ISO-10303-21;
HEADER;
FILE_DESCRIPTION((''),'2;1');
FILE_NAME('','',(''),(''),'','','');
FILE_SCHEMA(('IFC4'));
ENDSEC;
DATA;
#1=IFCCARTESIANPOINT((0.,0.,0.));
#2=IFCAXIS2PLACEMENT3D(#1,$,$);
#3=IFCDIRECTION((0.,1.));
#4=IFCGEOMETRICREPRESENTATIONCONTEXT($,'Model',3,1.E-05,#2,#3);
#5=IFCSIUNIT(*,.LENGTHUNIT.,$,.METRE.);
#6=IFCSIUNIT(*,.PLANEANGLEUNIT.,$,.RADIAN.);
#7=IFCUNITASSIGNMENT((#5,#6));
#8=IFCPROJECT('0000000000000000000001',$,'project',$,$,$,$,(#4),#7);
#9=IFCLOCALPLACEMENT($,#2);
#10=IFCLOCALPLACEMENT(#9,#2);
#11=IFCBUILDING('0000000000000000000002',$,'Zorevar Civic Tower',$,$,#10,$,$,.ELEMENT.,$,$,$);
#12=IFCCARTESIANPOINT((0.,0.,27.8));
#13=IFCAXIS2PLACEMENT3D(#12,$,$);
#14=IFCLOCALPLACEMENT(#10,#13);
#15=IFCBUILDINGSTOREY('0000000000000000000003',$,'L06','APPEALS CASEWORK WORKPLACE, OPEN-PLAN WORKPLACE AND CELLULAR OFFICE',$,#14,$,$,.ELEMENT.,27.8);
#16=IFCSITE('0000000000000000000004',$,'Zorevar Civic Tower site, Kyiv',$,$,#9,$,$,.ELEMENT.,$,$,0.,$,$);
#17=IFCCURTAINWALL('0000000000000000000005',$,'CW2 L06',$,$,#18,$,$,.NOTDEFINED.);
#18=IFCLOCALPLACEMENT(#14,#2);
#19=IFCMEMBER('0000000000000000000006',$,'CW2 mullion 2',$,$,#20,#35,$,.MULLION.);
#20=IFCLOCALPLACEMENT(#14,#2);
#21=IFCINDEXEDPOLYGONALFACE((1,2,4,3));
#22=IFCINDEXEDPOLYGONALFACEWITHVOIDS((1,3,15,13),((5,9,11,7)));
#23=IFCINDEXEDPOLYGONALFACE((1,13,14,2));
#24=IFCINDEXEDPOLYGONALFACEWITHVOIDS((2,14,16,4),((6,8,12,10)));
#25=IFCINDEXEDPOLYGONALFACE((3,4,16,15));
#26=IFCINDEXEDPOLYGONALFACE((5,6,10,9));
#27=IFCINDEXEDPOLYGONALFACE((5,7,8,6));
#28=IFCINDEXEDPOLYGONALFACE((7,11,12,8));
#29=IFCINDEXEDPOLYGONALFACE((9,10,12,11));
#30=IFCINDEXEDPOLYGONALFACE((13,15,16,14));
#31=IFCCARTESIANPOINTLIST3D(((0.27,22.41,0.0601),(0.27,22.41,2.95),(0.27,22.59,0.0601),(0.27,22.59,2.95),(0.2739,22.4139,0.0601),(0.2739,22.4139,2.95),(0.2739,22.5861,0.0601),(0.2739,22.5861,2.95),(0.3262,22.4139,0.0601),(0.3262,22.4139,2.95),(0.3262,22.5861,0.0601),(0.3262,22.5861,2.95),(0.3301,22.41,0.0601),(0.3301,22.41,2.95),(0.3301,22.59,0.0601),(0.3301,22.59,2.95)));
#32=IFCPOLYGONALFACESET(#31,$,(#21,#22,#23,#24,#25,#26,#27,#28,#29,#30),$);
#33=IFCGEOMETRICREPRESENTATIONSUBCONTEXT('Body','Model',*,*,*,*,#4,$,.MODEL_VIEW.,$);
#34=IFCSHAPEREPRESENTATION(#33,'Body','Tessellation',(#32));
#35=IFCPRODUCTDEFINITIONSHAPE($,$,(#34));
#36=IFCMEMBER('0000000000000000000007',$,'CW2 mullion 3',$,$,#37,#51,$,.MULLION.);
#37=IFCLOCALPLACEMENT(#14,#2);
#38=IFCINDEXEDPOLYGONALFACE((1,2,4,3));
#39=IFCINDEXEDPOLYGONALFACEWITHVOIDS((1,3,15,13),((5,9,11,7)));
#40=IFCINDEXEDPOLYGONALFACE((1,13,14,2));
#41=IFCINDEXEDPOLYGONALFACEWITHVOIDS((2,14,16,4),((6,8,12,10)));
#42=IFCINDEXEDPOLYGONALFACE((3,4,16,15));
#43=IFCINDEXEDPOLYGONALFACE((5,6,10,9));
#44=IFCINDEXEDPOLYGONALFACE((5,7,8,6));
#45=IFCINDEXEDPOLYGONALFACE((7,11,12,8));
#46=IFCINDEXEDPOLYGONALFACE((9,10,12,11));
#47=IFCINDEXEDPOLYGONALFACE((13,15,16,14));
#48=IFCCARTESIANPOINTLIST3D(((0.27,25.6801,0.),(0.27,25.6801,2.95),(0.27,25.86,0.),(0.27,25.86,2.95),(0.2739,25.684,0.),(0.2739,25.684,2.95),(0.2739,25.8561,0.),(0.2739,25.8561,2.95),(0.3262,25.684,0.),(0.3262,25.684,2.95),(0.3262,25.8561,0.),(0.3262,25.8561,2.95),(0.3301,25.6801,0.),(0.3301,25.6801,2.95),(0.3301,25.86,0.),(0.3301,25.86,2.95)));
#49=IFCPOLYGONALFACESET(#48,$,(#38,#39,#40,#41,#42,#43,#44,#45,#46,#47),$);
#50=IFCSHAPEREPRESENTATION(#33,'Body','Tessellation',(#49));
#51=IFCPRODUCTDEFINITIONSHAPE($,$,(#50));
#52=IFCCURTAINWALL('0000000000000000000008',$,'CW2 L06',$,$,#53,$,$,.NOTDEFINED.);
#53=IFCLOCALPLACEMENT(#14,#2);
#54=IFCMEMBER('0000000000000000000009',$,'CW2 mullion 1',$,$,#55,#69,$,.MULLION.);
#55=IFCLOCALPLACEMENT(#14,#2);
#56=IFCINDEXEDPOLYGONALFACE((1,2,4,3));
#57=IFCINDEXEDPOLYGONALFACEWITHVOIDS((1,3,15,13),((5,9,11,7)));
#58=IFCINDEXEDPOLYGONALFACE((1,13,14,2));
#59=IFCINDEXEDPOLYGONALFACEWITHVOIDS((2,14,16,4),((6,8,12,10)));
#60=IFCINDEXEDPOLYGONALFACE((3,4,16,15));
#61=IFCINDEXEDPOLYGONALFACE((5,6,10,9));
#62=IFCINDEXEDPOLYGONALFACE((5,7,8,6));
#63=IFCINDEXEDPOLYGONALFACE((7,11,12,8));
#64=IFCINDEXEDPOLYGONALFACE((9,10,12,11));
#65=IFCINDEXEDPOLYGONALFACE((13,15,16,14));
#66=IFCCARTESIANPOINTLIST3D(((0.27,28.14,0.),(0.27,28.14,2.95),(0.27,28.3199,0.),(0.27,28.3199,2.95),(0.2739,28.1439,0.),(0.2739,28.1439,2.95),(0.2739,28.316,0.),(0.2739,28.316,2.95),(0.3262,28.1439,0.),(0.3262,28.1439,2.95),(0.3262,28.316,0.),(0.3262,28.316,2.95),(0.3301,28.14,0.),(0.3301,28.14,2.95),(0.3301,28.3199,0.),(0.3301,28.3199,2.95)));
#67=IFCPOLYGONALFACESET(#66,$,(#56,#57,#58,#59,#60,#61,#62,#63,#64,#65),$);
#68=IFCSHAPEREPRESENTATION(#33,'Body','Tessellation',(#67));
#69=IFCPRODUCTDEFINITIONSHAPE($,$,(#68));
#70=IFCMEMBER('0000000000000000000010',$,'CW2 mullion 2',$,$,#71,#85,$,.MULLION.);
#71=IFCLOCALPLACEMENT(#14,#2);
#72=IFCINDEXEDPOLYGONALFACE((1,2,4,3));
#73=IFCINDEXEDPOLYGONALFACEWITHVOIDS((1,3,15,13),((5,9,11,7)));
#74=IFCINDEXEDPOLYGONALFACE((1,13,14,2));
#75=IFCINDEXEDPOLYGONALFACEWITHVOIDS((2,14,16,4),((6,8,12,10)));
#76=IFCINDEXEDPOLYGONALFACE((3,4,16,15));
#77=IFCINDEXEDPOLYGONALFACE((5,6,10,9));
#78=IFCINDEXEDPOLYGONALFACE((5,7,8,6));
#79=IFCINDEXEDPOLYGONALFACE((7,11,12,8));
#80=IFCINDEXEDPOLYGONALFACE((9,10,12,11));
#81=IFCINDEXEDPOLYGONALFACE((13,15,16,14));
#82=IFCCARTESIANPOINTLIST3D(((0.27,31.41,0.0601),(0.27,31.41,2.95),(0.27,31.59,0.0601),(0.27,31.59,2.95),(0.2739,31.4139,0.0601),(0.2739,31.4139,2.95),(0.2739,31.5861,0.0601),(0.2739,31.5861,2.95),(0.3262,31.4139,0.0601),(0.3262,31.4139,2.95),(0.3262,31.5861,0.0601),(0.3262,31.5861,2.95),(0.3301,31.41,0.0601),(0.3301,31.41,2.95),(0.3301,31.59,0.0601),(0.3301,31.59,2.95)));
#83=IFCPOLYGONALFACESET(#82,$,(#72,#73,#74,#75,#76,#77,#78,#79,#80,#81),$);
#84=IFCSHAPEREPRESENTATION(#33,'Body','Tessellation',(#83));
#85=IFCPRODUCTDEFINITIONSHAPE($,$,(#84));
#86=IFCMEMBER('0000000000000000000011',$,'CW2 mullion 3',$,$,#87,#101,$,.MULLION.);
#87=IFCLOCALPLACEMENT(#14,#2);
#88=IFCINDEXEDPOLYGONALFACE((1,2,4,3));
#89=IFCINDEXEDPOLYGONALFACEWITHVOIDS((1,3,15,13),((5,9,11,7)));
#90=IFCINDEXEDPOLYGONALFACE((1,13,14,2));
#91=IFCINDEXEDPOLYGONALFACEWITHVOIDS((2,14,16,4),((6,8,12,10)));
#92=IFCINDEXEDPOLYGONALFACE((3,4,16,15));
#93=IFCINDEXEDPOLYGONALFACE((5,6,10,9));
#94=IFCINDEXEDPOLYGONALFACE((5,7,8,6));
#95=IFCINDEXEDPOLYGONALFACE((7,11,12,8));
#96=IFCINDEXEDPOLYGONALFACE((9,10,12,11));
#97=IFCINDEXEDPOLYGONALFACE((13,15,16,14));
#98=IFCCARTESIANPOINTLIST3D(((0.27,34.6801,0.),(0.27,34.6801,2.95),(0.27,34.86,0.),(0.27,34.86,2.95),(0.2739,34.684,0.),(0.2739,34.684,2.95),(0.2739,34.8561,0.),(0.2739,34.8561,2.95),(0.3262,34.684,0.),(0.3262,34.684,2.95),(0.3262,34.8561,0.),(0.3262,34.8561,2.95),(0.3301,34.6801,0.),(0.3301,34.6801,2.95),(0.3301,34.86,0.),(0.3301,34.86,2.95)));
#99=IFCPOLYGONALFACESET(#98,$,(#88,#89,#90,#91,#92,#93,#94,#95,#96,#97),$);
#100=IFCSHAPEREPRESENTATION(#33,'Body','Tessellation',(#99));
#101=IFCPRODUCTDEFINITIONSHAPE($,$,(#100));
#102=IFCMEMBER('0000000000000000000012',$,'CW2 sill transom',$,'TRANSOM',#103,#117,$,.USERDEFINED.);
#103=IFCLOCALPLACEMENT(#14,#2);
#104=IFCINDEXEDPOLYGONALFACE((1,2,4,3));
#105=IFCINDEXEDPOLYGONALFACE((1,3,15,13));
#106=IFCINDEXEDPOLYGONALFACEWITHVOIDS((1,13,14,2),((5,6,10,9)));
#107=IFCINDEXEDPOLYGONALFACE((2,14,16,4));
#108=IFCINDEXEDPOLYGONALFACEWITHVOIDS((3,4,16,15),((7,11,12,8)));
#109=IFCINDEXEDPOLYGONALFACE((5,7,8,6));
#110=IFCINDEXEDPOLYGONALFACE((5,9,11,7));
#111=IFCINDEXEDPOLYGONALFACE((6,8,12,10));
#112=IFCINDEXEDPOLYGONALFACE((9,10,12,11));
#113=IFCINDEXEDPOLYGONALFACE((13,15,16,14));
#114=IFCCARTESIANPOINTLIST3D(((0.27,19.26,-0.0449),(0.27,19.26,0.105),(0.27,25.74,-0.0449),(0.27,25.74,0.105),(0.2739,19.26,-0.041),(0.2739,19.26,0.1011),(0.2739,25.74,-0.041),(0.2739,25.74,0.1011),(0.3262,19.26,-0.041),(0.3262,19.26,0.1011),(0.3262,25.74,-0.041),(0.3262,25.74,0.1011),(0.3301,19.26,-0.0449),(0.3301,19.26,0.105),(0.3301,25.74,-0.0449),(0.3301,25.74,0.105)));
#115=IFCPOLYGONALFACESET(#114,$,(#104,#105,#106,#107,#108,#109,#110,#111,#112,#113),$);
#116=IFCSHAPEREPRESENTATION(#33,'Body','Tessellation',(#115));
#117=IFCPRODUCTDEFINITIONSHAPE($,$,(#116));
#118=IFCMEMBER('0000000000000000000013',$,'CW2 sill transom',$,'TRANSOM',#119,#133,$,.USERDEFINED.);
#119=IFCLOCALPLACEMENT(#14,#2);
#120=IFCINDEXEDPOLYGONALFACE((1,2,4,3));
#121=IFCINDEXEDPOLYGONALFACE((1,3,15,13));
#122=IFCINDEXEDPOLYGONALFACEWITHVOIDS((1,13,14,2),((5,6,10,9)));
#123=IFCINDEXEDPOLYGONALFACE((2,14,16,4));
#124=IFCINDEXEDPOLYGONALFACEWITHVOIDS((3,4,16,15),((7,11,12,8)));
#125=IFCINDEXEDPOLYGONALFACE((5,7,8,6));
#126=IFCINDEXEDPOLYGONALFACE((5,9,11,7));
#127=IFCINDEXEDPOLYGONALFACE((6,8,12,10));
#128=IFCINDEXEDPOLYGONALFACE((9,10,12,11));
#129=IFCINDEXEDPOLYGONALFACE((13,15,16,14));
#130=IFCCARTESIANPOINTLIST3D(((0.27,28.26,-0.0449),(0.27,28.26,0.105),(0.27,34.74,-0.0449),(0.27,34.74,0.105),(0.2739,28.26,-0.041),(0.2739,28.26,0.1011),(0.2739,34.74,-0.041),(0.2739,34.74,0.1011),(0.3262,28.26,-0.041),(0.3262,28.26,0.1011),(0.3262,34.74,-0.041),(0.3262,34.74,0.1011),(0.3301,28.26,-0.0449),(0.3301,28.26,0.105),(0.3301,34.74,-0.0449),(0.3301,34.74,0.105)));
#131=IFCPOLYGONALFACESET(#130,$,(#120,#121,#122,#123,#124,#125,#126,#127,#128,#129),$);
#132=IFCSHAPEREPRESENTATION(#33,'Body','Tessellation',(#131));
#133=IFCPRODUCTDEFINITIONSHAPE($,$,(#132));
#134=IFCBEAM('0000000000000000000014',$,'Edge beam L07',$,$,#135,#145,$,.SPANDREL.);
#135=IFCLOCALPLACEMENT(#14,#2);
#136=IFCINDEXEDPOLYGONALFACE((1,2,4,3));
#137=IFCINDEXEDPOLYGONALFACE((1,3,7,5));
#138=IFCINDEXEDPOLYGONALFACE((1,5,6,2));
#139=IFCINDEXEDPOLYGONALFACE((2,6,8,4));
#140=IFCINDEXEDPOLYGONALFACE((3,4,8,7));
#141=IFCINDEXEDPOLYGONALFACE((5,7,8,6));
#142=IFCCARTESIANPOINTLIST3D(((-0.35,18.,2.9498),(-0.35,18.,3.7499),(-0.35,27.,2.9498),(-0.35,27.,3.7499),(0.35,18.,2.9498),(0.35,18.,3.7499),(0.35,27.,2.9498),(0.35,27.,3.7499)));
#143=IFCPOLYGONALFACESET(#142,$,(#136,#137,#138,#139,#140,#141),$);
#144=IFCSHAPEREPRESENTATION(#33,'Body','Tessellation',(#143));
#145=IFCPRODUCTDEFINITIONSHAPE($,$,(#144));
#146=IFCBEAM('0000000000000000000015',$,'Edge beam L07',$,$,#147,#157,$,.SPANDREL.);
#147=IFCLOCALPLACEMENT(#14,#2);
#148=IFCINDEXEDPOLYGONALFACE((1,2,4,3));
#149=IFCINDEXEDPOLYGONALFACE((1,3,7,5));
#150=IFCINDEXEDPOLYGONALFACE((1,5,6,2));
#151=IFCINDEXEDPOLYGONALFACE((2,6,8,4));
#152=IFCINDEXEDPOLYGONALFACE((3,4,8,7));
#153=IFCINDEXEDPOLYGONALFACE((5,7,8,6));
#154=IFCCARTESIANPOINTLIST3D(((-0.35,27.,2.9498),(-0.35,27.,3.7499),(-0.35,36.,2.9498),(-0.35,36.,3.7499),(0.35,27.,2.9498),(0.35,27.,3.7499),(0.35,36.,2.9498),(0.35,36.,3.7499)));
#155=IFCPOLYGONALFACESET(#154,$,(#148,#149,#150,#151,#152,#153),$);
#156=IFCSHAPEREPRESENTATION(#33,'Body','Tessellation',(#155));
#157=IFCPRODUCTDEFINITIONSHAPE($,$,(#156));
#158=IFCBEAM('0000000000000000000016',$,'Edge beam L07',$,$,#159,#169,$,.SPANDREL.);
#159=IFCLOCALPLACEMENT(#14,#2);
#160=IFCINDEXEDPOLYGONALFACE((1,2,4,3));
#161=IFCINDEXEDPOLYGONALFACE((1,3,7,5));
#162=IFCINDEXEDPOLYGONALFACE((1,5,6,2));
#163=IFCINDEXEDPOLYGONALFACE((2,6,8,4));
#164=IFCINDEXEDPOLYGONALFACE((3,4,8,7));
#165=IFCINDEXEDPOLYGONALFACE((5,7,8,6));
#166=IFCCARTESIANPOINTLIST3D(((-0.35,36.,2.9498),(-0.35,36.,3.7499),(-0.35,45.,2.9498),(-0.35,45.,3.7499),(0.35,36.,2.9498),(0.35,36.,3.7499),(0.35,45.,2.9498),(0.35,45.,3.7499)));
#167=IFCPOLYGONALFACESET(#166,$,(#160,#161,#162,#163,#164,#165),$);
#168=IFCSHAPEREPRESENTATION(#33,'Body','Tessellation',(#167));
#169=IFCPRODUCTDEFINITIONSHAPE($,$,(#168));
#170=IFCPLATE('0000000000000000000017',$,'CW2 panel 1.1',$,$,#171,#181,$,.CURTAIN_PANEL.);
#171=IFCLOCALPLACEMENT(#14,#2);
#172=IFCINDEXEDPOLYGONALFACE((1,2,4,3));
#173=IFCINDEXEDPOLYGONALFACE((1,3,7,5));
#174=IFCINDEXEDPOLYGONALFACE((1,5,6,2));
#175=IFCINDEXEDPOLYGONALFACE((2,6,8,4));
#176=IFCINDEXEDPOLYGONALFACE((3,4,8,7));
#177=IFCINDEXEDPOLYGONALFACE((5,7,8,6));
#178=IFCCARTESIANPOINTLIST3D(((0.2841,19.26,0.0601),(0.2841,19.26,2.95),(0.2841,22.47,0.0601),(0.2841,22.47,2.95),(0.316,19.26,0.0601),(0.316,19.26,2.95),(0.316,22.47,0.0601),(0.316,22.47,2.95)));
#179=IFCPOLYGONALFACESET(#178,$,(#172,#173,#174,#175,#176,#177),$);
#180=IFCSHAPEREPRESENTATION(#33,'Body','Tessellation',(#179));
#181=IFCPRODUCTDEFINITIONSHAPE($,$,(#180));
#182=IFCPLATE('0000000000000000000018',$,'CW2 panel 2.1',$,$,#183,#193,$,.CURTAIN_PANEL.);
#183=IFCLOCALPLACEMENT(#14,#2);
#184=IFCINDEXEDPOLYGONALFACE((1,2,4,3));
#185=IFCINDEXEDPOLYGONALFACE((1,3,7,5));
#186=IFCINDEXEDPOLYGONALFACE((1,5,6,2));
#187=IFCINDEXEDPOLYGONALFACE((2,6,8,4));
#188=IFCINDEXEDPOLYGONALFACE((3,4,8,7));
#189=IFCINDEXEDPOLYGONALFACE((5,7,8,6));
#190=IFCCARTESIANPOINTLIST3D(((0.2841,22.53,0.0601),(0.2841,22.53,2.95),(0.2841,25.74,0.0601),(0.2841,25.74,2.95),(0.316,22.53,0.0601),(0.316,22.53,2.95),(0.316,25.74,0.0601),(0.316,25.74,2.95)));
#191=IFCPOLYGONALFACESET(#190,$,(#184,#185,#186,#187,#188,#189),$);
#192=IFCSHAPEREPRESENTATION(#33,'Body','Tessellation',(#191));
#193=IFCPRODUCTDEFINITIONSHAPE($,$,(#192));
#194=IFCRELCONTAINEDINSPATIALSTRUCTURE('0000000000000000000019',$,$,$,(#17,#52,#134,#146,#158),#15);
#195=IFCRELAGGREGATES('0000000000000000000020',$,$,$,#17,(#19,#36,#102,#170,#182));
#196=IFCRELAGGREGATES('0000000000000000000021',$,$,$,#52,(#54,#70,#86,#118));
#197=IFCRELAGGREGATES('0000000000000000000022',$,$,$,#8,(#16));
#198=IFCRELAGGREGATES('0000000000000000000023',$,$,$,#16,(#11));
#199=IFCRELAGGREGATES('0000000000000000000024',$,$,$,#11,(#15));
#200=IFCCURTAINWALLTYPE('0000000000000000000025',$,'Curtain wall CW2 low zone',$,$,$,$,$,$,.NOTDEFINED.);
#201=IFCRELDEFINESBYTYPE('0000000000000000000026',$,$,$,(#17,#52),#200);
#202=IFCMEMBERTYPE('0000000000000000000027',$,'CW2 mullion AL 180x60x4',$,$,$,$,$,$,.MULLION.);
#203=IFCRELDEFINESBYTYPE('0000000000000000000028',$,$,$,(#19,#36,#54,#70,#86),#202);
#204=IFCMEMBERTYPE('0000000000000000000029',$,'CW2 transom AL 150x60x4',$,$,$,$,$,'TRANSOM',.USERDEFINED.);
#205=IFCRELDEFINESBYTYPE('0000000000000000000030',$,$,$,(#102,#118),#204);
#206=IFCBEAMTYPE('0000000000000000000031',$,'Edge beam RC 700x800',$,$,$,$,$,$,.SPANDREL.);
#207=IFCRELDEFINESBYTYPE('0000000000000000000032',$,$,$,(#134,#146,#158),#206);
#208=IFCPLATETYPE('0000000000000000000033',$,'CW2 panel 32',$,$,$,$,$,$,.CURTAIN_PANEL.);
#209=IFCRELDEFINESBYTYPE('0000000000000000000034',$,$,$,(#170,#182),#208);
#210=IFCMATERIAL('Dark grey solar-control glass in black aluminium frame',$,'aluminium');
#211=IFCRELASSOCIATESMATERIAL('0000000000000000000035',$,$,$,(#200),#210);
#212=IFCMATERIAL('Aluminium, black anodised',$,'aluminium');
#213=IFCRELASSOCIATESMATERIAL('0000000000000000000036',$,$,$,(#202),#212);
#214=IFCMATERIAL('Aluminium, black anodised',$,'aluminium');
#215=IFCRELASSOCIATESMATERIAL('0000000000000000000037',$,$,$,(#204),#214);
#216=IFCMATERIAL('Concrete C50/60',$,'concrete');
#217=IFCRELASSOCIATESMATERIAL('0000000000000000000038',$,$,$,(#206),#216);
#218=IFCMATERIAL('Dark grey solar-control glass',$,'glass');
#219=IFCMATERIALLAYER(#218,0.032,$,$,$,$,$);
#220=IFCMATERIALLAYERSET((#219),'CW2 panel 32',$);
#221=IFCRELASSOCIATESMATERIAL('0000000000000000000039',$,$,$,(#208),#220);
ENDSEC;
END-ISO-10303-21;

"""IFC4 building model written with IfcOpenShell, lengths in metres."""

from ifc_helpers import new_model, si_unit, direction, frame, origin, origin_2d, place, context, subcontext, project, spatial, rectangle, hollow_rectangle, extrude, material, layer, layer_set, material_profile, profile_set, type_object, element, aggregate, save


model = new_model("IFC4")

# Units and contexts
model_context = context("Model", 3, precision=1e-05, world=origin(), true_north=direction((0.0, 1.0)))
body_context = subcontext(model_context, "Body", "Model", "MODEL_VIEW")
ifc_project = project(units=[si_unit("LENGTHUNIT", "METRE"), si_unit("PLANEANGLEUNIT", "RADIAN")], contexts=[model_context])

# Site, building, storey
site_placement = place(None, origin())
site = spatial("IfcSite", under=ifc_project, at=site_placement, Name="Zorevar Civic Tower site, Kyiv", CompositionType="ELEMENT", RefElevation=0.0)
building_placement = place(site_placement, origin())
building = spatial("IfcBuilding", under=site, at=building_placement, Name="Zorevar Civic Tower", CompositionType="ELEMENT")
storey_placement = place(building_placement, frame((0.0, 0.0, 27.8)))
storey = spatial("IfcBuildingStorey", under=building, at=storey_placement, Name="L06", Description="APPEALS CASEWORK WORKPLACE, OPEN-PLAN WORKPLACE AND CELLULAR OFFICE", CompositionType="ELEMENT", Elevation=27.8)

# Curtain walls, members
ifc_material_1 = material(Name="Dark grey solar-control glass in black aluminium frame", Category="aluminium")
curtain_wall_type = type_object("IfcCurtainWallType", Name="Curtain wall CW2 low zone", PredefinedType="NOTDEFINED", material=ifc_material_1)
curtain_wall_1_placement = place(storey_placement, origin())
curtain_wall_1 = element("IfcCurtainWall", 1, at=curtain_wall_1_placement, inside=storey, type_object=curtain_wall_type, Name="CW2 L06", PredefinedType="NOTDEFINED")
ifc_material_2 = material(Name="Aluminium, black anodised", Category="aluminium")
ifc_material_profile_1 = material_profile(ifc_material_2, hollow_rectangle(XDim=0.0601, YDim=0.1799, WallThickness=0.0039, at=origin_2d()), Name="AL 180x60x4")
ifc_profile_set_1 = profile_set([ifc_material_profile_1], Name="Aluminium, black anodised")
member_type_1 = type_object("IfcMemberType", Name="CW2 mullion AL 180x60x4", PredefinedType="MULLION", material=ifc_profile_set_1)
member_1_placement = place(storey_placement, frame((0.3, 22.5, 0.0601), z_axis=(0.0, 0.0, 1.0), x_axis=(-1.0, 0.0, 0.0)))
member_1 = element("IfcMember", 2, at=member_1_placement, type_object=member_type_1, Name="CW2 mullion 2", PredefinedType="MULLION", context=body_context, shape_type="SweptSolid", body=[
    extrude(hollow_rectangle(XDim=0.0601, YDim=0.1799, WallThickness=0.0039, at=origin_2d()), origin(), (0.0, 0.0, 1.0), 2.8899),
])
member_2_placement = place(storey_placement, frame((0.3, 25.77, 0.0), z_axis=(0.0, 0.0, 1.0), x_axis=(-1.0, 0.0, 0.0)))
member_2 = element("IfcMember", 3, at=member_2_placement, type_object=member_type_1, Name="CW2 mullion 3", PredefinedType="MULLION", context=body_context, shape_type="SweptSolid", body=[
    extrude(hollow_rectangle(XDim=0.0601, YDim=0.1799, WallThickness=0.0039, at=origin_2d()), origin(), (0.0, 0.0, 1.0), 2.95),
])
curtain_wall_2_placement = place(storey_placement, origin())
curtain_wall_2 = element("IfcCurtainWall", 4, at=curtain_wall_2_placement, inside=storey, type_object=curtain_wall_type, Name="CW2 L06", PredefinedType="NOTDEFINED")
member_3_placement = place(storey_placement, frame((0.3, 28.23, 0.0), z_axis=(0.0, 0.0, 1.0), x_axis=(-1.0, 0.0, 0.0)))
member_3 = element("IfcMember", 5, at=member_3_placement, type_object=member_type_1, Name="CW2 mullion 1", PredefinedType="MULLION", context=body_context, shape_type="SweptSolid", body=[
    extrude(hollow_rectangle(XDim=0.0601, YDim=0.1799, WallThickness=0.0039, at=origin_2d()), origin(), (0.0, 0.0, 1.0), 2.95),
])
member_4_placement = place(storey_placement, frame((0.3, 31.5, 0.0601), z_axis=(0.0, 0.0, 1.0), x_axis=(-1.0, 0.0, 0.0)))
member_4 = element("IfcMember", 6, at=member_4_placement, type_object=member_type_1, Name="CW2 mullion 2", PredefinedType="MULLION", context=body_context, shape_type="SweptSolid", body=[
    extrude(hollow_rectangle(XDim=0.0601, YDim=0.1799, WallThickness=0.0039, at=origin_2d()), origin(), (0.0, 0.0, 1.0), 2.8899),
])
member_5_placement = place(storey_placement, frame((0.3, 34.77, 0.0), z_axis=(0.0, 0.0, 1.0), x_axis=(-1.0, 0.0, 0.0)))
member_5 = element("IfcMember", 7, at=member_5_placement, type_object=member_type_1, Name="CW2 mullion 3", PredefinedType="MULLION", context=body_context, shape_type="SweptSolid", body=[
    extrude(hollow_rectangle(XDim=0.0601, YDim=0.1799, WallThickness=0.0039, at=origin_2d()), origin(), (0.0, 0.0, 1.0), 2.95),
])

# Members
ifc_material_3 = material(Name="Aluminium, black anodised", Category="aluminium")
ifc_material_profile_2 = material_profile(ifc_material_3, hollow_rectangle(XDim=0.0601, YDim=0.1499, WallThickness=0.0039, at=origin_2d()), Name="AL 150x60x4")
ifc_profile_set_2 = profile_set([ifc_material_profile_2], Name="Aluminium, black anodised")
member_type_2 = type_object("IfcMemberType", Name="CW2 transom AL 150x60x4", ElementType="TRANSOM", PredefinedType="USERDEFINED", material=ifc_profile_set_2)
member_6_placement = place(storey_placement, frame((0.3, 19.26, 0.03), z_axis=(0.0, 1.0, 0.0), x_axis=(-1.0, 0.0, 0.0)))
member_6 = element("IfcMember", 8, at=member_6_placement, type_object=member_type_2, Name="CW2 sill transom", ObjectType="TRANSOM", PredefinedType="USERDEFINED", context=body_context, shape_type="SweptSolid", body=[
    extrude(hollow_rectangle(XDim=0.0601, YDim=0.1499, WallThickness=0.0039, at=origin_2d()), origin(), (0.0, 0.0, 1.0), 6.48),
])
member_7_placement = place(storey_placement, frame((0.3, 28.26, 0.03), z_axis=(0.0, 1.0, 0.0), x_axis=(-1.0, 0.0, 0.0)))
member_7 = element("IfcMember", 9, at=member_7_placement, type_object=member_type_2, Name="CW2 sill transom", ObjectType="TRANSOM", PredefinedType="USERDEFINED", context=body_context, shape_type="SweptSolid", body=[
    extrude(hollow_rectangle(XDim=0.0601, YDim=0.1499, WallThickness=0.0039, at=origin_2d()), origin(), (0.0, 0.0, 1.0), 6.48),
])

# Beams
ifc_material_4 = material(Name="Concrete C50/60", Category="concrete")
ifc_material_profile_3 = material_profile(ifc_material_4, rectangle(XDim=0.7, YDim=0.8, at=origin_2d()), Name="RC 700x800")
ifc_profile_set_3 = profile_set([ifc_material_profile_3], Name="Concrete C50/60")
beam_type_1 = type_object("IfcBeamType", Name="Edge beam RC 700x800", PredefinedType="SPANDREL", material=ifc_profile_set_3)
for number, where, z_axis, x_axis, name in (
    (10, (0.0, 18.0, 3.3499), (0.0, 1.0, 0.0), (-1.0, 0.0, 0.0), "Edge beam L07"),
    (11, (0.0, 27.0, 3.3499), (0.0, 1.0, 0.0), (-1.0, 0.0, 0.0), "Edge beam L07"),
    (12, (0.0, 36.0, 3.3499), (0.0, 1.0, 0.0), (-1.0, 0.0, 0.0), "Edge beam L07"),
):
    element("IfcBeam", number, at=place(storey_placement, frame(where, z_axis=z_axis, x_axis=x_axis)), inside=storey, type_object=beam_type_1, Name=name, PredefinedType="SPANDREL", context=body_context, shape_type="SweptSolid", body=[
        extrude(rectangle(XDim=0.7, YDim=0.8, at=origin_2d()), origin(), (0.0, 0.0, 1.0), 9.0),
    ])

# Plates
ifc_material_5 = material(Name="Dark grey solar-control glass", Category="glass")
ifc_layer_1 = layer(ifc_material_5, 0.032)
ifc_layer_set_1 = layer_set([ifc_layer_1], Name="CW2 panel 32")
plate_type = type_object("IfcPlateType", Name="CW2 panel 32", PredefinedType="CURTAIN_PANEL", material=ifc_layer_set_1)
plate_1_placement = place(storey_placement, frame((0.3, 20.865, 0.0601), z_axis=(0.0, 0.0, 1.0), x_axis=(0.0, 1.0, 0.0)))
plate_1 = element("IfcPlate", 13, at=plate_1_placement, type_object=plate_type, Name="CW2 panel 1.1", PredefinedType="CURTAIN_PANEL", context=body_context, shape_type="SweptSolid", body=[
    extrude(rectangle(XDim=3.21, YDim=0.032, at=origin_2d()), origin(), (0.0, 0.0, 1.0), 2.8899),
])
plate_2_placement = place(storey_placement, frame((0.3, 24.135, 0.0601), z_axis=(0.0, 0.0, 1.0), x_axis=(0.0, 1.0, 0.0)))
plate_2 = element("IfcPlate", 14, at=plate_2_placement, type_object=plate_type, Name="CW2 panel 2.1", PredefinedType="CURTAIN_PANEL", context=body_context, shape_type="SweptSolid", body=[
    extrude(rectangle(XDim=3.21, YDim=0.032, at=origin_2d()), origin(), (0.0, 0.0, 1.0), 2.8899),
])
aggregate(curtain_wall_1, [member_1, member_2, member_6, plate_1, plate_2])
aggregate(curtain_wall_2, [member_3, member_4, member_5, member_7])

save(model, "model.ifc")
